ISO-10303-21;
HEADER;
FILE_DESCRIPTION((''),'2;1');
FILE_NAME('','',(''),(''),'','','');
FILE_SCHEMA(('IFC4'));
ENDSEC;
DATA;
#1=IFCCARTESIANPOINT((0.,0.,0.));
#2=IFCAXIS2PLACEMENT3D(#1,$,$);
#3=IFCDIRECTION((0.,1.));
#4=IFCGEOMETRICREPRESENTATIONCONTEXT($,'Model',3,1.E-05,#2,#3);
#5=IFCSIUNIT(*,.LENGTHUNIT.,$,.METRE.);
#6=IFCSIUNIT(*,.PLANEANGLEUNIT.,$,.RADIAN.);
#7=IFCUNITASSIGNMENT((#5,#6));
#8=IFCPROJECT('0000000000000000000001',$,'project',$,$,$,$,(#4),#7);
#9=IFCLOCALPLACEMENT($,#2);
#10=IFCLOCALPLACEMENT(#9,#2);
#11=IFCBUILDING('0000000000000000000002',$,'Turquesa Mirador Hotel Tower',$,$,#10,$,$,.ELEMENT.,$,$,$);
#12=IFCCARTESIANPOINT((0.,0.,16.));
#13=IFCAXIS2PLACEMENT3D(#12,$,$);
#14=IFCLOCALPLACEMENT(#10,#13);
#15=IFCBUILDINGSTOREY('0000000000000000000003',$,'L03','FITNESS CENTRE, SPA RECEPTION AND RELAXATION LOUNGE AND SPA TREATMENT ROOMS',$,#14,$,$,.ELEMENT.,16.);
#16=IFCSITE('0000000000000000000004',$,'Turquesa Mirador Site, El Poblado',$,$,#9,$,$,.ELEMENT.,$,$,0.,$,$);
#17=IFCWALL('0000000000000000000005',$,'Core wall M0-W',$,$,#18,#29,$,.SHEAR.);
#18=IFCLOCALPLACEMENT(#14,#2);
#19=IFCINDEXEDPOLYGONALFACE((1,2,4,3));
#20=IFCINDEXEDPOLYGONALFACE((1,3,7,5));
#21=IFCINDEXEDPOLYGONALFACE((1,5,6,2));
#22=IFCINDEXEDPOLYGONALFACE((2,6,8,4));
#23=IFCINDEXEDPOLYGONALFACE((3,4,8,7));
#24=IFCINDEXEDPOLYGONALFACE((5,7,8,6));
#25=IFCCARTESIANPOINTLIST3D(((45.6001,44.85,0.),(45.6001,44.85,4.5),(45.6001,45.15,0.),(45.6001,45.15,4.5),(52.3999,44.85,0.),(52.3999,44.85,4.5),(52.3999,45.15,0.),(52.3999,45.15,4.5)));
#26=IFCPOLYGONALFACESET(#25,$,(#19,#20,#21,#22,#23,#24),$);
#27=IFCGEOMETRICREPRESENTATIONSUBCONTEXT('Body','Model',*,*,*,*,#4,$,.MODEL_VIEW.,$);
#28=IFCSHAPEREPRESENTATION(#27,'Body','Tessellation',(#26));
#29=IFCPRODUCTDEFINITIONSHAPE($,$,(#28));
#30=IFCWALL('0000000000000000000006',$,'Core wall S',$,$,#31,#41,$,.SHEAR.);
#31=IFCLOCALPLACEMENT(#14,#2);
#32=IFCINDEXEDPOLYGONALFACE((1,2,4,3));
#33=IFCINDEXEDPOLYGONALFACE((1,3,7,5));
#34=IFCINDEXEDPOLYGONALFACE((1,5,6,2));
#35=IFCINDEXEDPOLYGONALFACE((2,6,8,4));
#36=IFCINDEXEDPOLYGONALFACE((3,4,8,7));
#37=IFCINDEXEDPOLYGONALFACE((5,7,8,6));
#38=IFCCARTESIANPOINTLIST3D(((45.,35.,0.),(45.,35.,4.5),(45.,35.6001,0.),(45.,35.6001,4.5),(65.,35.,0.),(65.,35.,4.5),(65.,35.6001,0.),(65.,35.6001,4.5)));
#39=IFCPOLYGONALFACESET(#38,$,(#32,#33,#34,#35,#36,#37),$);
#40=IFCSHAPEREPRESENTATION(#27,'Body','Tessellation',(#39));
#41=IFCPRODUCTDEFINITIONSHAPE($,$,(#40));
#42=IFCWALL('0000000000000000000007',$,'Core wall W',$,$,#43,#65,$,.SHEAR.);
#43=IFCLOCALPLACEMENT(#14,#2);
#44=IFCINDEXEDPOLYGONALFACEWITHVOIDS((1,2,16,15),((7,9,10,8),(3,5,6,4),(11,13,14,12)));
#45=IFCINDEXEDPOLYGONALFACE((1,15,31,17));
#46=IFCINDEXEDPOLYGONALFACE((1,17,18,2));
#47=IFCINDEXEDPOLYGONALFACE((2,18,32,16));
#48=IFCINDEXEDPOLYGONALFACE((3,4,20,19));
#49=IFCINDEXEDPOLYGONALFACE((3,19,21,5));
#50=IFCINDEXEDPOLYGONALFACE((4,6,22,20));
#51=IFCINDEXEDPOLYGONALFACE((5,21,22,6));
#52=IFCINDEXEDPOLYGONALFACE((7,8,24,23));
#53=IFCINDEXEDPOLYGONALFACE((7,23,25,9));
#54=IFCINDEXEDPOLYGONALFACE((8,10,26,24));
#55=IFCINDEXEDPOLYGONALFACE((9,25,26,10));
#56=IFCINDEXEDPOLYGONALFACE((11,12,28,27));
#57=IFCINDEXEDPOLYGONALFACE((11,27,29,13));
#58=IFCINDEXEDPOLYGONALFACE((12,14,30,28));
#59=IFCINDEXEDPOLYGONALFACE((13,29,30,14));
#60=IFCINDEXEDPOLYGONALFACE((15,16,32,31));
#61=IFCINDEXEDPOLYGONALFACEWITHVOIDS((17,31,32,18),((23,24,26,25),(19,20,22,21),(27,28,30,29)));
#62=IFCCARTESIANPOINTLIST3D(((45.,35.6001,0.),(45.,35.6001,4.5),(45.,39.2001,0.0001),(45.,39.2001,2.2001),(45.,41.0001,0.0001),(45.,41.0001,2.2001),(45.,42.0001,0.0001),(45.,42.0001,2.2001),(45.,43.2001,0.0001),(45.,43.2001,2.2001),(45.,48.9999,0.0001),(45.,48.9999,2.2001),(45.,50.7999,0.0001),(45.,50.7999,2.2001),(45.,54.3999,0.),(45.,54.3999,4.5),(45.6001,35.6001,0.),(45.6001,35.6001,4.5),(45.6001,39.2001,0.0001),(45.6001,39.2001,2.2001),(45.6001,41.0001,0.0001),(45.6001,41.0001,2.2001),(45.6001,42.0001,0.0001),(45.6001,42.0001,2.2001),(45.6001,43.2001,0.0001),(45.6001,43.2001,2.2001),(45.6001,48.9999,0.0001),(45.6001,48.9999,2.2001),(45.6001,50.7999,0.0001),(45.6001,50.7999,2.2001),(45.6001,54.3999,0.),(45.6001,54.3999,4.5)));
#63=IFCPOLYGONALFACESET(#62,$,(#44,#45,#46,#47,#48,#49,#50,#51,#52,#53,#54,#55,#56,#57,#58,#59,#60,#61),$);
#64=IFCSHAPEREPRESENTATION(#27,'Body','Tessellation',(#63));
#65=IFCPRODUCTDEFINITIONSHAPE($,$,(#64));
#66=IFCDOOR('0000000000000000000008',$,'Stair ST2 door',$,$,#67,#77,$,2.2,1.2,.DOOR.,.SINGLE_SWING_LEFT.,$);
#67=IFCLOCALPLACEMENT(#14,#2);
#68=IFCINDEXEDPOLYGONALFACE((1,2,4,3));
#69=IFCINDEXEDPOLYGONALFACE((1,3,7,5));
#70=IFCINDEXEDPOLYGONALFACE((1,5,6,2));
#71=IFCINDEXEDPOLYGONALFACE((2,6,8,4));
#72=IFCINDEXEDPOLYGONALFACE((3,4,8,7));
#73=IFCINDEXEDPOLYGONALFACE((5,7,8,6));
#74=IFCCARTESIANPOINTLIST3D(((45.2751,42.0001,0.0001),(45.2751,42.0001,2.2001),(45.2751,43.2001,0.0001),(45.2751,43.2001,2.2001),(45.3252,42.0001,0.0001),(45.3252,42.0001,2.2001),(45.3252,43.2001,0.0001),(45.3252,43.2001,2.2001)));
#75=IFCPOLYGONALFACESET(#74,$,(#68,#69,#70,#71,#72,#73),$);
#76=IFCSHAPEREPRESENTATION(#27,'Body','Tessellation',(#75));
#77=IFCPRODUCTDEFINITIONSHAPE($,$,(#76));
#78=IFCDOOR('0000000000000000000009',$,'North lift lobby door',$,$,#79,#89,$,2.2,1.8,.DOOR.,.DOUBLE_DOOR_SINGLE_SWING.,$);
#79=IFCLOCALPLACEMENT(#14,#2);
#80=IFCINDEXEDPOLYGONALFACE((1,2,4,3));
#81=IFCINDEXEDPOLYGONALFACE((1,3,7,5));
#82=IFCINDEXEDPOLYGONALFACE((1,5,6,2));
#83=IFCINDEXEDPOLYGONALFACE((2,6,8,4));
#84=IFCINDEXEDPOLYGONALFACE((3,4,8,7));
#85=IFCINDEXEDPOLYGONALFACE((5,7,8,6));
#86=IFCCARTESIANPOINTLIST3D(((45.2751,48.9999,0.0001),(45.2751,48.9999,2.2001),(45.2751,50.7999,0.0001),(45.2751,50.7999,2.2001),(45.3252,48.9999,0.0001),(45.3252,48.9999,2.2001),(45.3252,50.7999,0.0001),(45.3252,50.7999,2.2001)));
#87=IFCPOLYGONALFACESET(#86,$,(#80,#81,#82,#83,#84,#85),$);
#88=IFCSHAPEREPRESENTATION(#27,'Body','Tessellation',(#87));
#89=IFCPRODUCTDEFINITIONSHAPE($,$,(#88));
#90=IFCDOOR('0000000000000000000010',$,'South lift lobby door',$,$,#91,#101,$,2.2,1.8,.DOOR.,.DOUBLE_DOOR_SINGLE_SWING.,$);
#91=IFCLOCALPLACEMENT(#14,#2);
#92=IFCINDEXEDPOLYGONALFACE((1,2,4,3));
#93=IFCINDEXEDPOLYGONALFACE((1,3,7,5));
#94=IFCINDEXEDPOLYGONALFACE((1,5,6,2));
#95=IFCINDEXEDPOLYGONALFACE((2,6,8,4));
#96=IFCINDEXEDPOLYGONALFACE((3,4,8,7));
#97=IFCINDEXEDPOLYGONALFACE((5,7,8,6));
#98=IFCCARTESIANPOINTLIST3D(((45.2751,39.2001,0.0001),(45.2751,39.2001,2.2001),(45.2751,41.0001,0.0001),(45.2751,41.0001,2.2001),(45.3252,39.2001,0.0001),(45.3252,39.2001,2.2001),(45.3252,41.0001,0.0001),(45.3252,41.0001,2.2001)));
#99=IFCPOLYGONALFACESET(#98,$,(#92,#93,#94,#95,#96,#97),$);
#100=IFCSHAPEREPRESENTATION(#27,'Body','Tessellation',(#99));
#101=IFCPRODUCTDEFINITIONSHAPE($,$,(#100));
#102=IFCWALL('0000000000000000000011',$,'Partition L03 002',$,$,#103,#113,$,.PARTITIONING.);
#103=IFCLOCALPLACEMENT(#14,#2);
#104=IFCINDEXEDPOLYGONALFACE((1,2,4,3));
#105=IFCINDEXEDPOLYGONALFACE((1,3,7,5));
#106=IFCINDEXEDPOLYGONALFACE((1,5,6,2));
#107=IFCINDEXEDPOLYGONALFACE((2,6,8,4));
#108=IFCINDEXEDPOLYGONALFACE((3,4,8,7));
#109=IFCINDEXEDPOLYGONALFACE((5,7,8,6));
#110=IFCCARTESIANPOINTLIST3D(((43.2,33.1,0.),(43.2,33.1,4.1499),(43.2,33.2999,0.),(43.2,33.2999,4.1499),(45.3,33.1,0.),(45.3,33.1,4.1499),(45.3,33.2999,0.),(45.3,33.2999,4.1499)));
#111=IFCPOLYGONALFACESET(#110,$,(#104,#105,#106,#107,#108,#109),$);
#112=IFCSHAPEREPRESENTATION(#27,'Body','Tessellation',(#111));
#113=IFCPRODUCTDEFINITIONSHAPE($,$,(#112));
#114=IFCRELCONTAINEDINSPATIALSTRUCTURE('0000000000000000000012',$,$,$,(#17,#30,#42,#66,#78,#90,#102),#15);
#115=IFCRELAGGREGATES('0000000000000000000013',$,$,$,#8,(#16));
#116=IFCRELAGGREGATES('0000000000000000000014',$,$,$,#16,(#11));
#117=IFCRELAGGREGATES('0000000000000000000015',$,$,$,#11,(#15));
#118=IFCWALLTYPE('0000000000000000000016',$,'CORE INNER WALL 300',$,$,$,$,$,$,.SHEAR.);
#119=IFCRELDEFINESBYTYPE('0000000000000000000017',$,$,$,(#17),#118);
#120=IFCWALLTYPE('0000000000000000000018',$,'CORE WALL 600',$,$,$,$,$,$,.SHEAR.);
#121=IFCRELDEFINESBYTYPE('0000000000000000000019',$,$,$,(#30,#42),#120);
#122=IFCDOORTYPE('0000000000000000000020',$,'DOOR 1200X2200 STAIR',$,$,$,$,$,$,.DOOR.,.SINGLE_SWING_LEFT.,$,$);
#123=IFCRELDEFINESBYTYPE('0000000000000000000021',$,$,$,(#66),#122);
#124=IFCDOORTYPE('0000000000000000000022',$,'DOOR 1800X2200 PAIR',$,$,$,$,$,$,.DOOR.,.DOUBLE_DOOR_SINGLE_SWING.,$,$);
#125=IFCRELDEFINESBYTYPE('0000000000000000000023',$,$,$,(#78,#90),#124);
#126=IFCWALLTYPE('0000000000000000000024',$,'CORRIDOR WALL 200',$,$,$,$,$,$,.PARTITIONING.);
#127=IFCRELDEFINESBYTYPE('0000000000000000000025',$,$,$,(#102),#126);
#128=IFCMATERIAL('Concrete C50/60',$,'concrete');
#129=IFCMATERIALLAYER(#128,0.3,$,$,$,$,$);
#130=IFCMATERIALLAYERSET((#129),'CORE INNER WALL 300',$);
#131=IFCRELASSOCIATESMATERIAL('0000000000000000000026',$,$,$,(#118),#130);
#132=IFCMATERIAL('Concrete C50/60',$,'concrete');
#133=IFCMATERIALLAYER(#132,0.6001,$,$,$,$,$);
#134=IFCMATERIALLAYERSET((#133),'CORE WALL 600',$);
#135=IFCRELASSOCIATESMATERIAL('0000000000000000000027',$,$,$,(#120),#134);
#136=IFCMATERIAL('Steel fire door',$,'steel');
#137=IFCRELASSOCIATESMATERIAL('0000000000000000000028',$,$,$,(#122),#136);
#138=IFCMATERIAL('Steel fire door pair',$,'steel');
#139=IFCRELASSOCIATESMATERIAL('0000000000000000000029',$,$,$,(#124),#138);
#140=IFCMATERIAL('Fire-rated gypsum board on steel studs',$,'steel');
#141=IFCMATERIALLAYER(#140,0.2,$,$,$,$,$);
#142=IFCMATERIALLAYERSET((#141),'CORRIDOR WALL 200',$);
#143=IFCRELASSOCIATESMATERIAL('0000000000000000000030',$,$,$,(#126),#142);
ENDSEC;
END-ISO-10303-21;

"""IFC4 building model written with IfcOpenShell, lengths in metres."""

from ifc_helpers import new_model, si_unit, direction, frame, frame_2d, origin, place, context, subcontext, project, spatial, rectangle, extrude, material, layer, layer_set, type_object, element, fill, save


model = new_model("IFC4")

# Units and contexts
model_context = context("Model", 3, precision=1e-05, world=origin(), true_north=direction((0.0, 1.0)))
body_context = subcontext(model_context, "Body", "Model", "MODEL_VIEW")
ifc_project = project(units=[si_unit("LENGTHUNIT", "METRE"), si_unit("PLANEANGLEUNIT", "RADIAN")], contexts=[model_context])

# Site, building, storey
site_placement = place(None, origin())
site = spatial("IfcSite", under=ifc_project, at=site_placement, Name="Turquesa Mirador Site, El Poblado", CompositionType="ELEMENT", RefElevation=0.0)
building_placement = place(site_placement, origin())
building = spatial("IfcBuilding", under=site, at=building_placement, Name="Turquesa Mirador Hotel Tower", CompositionType="ELEMENT")
storey_placement = place(building_placement, frame((0.0, 0.0, 16.0)))
storey = spatial("IfcBuildingStorey", under=building, at=storey_placement, Name="L03", Description="FITNESS CENTRE, SPA RECEPTION AND RELAXATION LOUNGE AND SPA TREATMENT ROOMS", CompositionType="ELEMENT", Elevation=16.0)

# Walls
ifc_material_1 = material(Name="Concrete C50/60", Category="concrete")
ifc_layer_1 = layer(ifc_material_1, 0.3)
ifc_layer_set_1 = layer_set([ifc_layer_1], Name="CORE INNER WALL 300")
wall_type_1 = type_object("IfcWallType", Name="CORE INNER WALL 300", PredefinedType="SHEAR", material=ifc_layer_set_1)
wall_1_placement = place(storey_placement, frame((45.6001, 45.0, 0.0), z_axis=(0.0, 0.0, 1.0), x_axis=(1.0, 0.0, 0.0)))
element("IfcWall", 1, at=wall_1_placement, inside=storey, type_object=wall_type_1, Name="Core wall M0-W", PredefinedType="SHEAR", context=body_context, shape_type="SweptSolid", body=[
    extrude(rectangle(XDim=6.7998, YDim=0.3, at=frame_2d((3.3999, 0.0))), origin(), (0.0, 0.0, 1.0), 4.5),
])
ifc_material_2 = material(Name="Concrete C50/60", Category="concrete")
ifc_layer_2 = layer(ifc_material_2, 0.6001)
ifc_layer_set_2 = layer_set([ifc_layer_2], Name="CORE WALL 600")
wall_type_2 = type_object("IfcWallType", Name="CORE WALL 600", PredefinedType="SHEAR", material=ifc_layer_set_2)
wall_2_placement = place(storey_placement, frame((45.0, 35.3, 0.0), z_axis=(0.0, 0.0, 1.0), x_axis=(1.0, 0.0, 0.0)))
element("IfcWall", 2, at=wall_2_placement, inside=storey, type_object=wall_type_2, Name="Core wall S", PredefinedType="SHEAR", context=body_context, shape_type="SweptSolid", body=[
    extrude(rectangle(XDim=20.0, YDim=0.6001, at=frame_2d((10.0, 0.0))), origin(), (0.0, 0.0, 1.0), 4.5),
])

# Wall, openings, doors
wall_3_placement = place(storey_placement, frame((45.3, 35.6001, 0.0), z_axis=(0.0, 0.0, 1.0), x_axis=(0.0, 1.0, 0.0)))
wall_3 = element("IfcWall", 3, at=wall_3_placement, inside=storey, type_object=wall_type_2, Name="Core wall W", PredefinedType="SHEAR", context=body_context, shape_type="SweptSolid", body=[
    extrude(rectangle(XDim=18.7998, YDim=0.6001, at=frame_2d((9.3999, 0.0))), origin(), (0.0, 0.0, 1.0), 4.5),
])
opening_1_placement = place(wall_3_placement, frame((13.3999, 0.0, 0.0)))
opening_1 = element("IfcOpeningElement", 4, at=opening_1_placement, cuts=wall_3, PredefinedType="OPENING", context=body_context, shape_type="SweptSolid", body=[
    extrude(rectangle(XDim=1.8, YDim=2.2, at=frame_2d((0.8999, 1.1001))), frame((0.0, 0.3101, 0.0), z_axis=(0.0, -1.0, 0.0), x_axis=(1.0, 0.0, 0.0)), (0.0, 0.0, 1.0), 0.6201),
])
opening_2_placement = place(wall_3_placement, frame((3.6001, 0.0, 0.0)))
opening_2 = element("IfcOpeningElement", 5, at=opening_2_placement, cuts=wall_3, PredefinedType="OPENING", context=body_context, shape_type="SweptSolid", body=[
    extrude(rectangle(XDim=1.8, YDim=2.2, at=frame_2d((0.8999, 1.1001))), frame((0.0, 0.3101, 0.0), z_axis=(0.0, -1.0, 0.0), x_axis=(1.0, 0.0, 0.0)), (0.0, 0.0, 1.0), 0.6201),
])
opening_3_placement = place(wall_3_placement, frame((6.3999, 0.0, 0.0)))
opening_3 = element("IfcOpeningElement", 6, at=opening_3_placement, cuts=wall_3, PredefinedType="OPENING", context=body_context, shape_type="SweptSolid", body=[
    extrude(rectangle(XDim=1.2, YDim=2.2, at=frame_2d((0.6001, 1.1001))), frame((0.0, 0.3101, 0.0), z_axis=(0.0, -1.0, 0.0), x_axis=(1.0, 0.0, 0.0)), (0.0, 0.0, 1.0), 0.6201),
])
ifc_material_3 = material(Name="Steel fire door", Category="steel")
door_type_1 = type_object("IfcDoorType", Name="DOOR 1200X2200 STAIR", OperationType="SINGLE_SWING_LEFT", PredefinedType="DOOR", material=ifc_material_3)
door_1_placement = place(opening_3_placement, origin())
door_1 = element("IfcDoor", 7, at=door_1_placement, inside=storey, type_object=door_type_1, Name="Stair ST2 door", OperationType="SINGLE_SWING_LEFT", OverallHeight=2.2, OverallWidth=1.2, PredefinedType="DOOR", context=body_context, shape_type="SweptSolid", body=[
    extrude(rectangle(XDim=1.2, YDim=2.2, at=frame_2d((0.6001, 1.1001))), frame((0.0, 0.0249, 0.0), z_axis=(0.0, -1.0, 0.0), x_axis=(1.0, 0.0, 0.0)), (0.0, 0.0, 1.0), 0.05),
])
fill(opening_3, door_1)
ifc_material_4 = material(Name="Steel fire door pair", Category="steel")
door_type_2 = type_object("IfcDoorType", Name="DOOR 1800X2200 PAIR", OperationType="DOUBLE_DOOR_SINGLE_SWING", PredefinedType="DOOR", material=ifc_material_4)
door_2_placement = place(opening_1_placement, origin())
door_2 = element("IfcDoor", 8, at=door_2_placement, inside=storey, type_object=door_type_2, Name="North lift lobby door", OperationType="DOUBLE_DOOR_SINGLE_SWING", OverallHeight=2.2, OverallWidth=1.8, PredefinedType="DOOR", context=body_context, shape_type="SweptSolid", body=[
    extrude(rectangle(XDim=1.8, YDim=2.2, at=frame_2d((0.8999, 1.1001))), frame((0.0, 0.0249, 0.0), z_axis=(0.0, -1.0, 0.0), x_axis=(1.0, 0.0, 0.0)), (0.0, 0.0, 1.0), 0.05),
])
fill(opening_1, door_2)
door_3_placement = place(opening_2_placement, origin())
door_3 = element("IfcDoor", 9, at=door_3_placement, inside=storey, type_object=door_type_2, Name="South lift lobby door", OperationType="DOUBLE_DOOR_SINGLE_SWING", OverallHeight=2.2, OverallWidth=1.8, PredefinedType="DOOR", context=body_context, shape_type="SweptSolid", body=[
    extrude(rectangle(XDim=1.8, YDim=2.2, at=frame_2d((0.8999, 1.1001))), frame((0.0, 0.0249, 0.0), z_axis=(0.0, -1.0, 0.0), x_axis=(1.0, 0.0, 0.0)), (0.0, 0.0, 1.0), 0.05),
])
fill(opening_2, door_3)

# Wall
ifc_material_5 = material(Name="Fire-rated gypsum board on steel studs", Category="steel")
ifc_layer_3 = layer(ifc_material_5, 0.2)
ifc_layer_set_3 = layer_set([ifc_layer_3], Name="CORRIDOR WALL 200")
wall_type_3 = type_object("IfcWallType", Name="CORRIDOR WALL 200", PredefinedType="PARTITIONING", material=ifc_layer_set_3)
wall_4_placement = place(storey_placement, frame((43.2, 33.2, 0.0), z_axis=(0.0, 0.0, 1.0), x_axis=(1.0, 0.0, 0.0)))
element("IfcWall", 10, at=wall_4_placement, inside=storey, type_object=wall_type_3, Name="Partition L03 002", PredefinedType="PARTITIONING", context=body_context, shape_type="SweptSolid", body=[
    extrude(rectangle(XDim=2.1001, YDim=0.2, at=frame_2d((1.05, 0.0))), origin(), (0.0, 0.0, 1.0), 4.1499),
])

save(model, "model.ifc")
